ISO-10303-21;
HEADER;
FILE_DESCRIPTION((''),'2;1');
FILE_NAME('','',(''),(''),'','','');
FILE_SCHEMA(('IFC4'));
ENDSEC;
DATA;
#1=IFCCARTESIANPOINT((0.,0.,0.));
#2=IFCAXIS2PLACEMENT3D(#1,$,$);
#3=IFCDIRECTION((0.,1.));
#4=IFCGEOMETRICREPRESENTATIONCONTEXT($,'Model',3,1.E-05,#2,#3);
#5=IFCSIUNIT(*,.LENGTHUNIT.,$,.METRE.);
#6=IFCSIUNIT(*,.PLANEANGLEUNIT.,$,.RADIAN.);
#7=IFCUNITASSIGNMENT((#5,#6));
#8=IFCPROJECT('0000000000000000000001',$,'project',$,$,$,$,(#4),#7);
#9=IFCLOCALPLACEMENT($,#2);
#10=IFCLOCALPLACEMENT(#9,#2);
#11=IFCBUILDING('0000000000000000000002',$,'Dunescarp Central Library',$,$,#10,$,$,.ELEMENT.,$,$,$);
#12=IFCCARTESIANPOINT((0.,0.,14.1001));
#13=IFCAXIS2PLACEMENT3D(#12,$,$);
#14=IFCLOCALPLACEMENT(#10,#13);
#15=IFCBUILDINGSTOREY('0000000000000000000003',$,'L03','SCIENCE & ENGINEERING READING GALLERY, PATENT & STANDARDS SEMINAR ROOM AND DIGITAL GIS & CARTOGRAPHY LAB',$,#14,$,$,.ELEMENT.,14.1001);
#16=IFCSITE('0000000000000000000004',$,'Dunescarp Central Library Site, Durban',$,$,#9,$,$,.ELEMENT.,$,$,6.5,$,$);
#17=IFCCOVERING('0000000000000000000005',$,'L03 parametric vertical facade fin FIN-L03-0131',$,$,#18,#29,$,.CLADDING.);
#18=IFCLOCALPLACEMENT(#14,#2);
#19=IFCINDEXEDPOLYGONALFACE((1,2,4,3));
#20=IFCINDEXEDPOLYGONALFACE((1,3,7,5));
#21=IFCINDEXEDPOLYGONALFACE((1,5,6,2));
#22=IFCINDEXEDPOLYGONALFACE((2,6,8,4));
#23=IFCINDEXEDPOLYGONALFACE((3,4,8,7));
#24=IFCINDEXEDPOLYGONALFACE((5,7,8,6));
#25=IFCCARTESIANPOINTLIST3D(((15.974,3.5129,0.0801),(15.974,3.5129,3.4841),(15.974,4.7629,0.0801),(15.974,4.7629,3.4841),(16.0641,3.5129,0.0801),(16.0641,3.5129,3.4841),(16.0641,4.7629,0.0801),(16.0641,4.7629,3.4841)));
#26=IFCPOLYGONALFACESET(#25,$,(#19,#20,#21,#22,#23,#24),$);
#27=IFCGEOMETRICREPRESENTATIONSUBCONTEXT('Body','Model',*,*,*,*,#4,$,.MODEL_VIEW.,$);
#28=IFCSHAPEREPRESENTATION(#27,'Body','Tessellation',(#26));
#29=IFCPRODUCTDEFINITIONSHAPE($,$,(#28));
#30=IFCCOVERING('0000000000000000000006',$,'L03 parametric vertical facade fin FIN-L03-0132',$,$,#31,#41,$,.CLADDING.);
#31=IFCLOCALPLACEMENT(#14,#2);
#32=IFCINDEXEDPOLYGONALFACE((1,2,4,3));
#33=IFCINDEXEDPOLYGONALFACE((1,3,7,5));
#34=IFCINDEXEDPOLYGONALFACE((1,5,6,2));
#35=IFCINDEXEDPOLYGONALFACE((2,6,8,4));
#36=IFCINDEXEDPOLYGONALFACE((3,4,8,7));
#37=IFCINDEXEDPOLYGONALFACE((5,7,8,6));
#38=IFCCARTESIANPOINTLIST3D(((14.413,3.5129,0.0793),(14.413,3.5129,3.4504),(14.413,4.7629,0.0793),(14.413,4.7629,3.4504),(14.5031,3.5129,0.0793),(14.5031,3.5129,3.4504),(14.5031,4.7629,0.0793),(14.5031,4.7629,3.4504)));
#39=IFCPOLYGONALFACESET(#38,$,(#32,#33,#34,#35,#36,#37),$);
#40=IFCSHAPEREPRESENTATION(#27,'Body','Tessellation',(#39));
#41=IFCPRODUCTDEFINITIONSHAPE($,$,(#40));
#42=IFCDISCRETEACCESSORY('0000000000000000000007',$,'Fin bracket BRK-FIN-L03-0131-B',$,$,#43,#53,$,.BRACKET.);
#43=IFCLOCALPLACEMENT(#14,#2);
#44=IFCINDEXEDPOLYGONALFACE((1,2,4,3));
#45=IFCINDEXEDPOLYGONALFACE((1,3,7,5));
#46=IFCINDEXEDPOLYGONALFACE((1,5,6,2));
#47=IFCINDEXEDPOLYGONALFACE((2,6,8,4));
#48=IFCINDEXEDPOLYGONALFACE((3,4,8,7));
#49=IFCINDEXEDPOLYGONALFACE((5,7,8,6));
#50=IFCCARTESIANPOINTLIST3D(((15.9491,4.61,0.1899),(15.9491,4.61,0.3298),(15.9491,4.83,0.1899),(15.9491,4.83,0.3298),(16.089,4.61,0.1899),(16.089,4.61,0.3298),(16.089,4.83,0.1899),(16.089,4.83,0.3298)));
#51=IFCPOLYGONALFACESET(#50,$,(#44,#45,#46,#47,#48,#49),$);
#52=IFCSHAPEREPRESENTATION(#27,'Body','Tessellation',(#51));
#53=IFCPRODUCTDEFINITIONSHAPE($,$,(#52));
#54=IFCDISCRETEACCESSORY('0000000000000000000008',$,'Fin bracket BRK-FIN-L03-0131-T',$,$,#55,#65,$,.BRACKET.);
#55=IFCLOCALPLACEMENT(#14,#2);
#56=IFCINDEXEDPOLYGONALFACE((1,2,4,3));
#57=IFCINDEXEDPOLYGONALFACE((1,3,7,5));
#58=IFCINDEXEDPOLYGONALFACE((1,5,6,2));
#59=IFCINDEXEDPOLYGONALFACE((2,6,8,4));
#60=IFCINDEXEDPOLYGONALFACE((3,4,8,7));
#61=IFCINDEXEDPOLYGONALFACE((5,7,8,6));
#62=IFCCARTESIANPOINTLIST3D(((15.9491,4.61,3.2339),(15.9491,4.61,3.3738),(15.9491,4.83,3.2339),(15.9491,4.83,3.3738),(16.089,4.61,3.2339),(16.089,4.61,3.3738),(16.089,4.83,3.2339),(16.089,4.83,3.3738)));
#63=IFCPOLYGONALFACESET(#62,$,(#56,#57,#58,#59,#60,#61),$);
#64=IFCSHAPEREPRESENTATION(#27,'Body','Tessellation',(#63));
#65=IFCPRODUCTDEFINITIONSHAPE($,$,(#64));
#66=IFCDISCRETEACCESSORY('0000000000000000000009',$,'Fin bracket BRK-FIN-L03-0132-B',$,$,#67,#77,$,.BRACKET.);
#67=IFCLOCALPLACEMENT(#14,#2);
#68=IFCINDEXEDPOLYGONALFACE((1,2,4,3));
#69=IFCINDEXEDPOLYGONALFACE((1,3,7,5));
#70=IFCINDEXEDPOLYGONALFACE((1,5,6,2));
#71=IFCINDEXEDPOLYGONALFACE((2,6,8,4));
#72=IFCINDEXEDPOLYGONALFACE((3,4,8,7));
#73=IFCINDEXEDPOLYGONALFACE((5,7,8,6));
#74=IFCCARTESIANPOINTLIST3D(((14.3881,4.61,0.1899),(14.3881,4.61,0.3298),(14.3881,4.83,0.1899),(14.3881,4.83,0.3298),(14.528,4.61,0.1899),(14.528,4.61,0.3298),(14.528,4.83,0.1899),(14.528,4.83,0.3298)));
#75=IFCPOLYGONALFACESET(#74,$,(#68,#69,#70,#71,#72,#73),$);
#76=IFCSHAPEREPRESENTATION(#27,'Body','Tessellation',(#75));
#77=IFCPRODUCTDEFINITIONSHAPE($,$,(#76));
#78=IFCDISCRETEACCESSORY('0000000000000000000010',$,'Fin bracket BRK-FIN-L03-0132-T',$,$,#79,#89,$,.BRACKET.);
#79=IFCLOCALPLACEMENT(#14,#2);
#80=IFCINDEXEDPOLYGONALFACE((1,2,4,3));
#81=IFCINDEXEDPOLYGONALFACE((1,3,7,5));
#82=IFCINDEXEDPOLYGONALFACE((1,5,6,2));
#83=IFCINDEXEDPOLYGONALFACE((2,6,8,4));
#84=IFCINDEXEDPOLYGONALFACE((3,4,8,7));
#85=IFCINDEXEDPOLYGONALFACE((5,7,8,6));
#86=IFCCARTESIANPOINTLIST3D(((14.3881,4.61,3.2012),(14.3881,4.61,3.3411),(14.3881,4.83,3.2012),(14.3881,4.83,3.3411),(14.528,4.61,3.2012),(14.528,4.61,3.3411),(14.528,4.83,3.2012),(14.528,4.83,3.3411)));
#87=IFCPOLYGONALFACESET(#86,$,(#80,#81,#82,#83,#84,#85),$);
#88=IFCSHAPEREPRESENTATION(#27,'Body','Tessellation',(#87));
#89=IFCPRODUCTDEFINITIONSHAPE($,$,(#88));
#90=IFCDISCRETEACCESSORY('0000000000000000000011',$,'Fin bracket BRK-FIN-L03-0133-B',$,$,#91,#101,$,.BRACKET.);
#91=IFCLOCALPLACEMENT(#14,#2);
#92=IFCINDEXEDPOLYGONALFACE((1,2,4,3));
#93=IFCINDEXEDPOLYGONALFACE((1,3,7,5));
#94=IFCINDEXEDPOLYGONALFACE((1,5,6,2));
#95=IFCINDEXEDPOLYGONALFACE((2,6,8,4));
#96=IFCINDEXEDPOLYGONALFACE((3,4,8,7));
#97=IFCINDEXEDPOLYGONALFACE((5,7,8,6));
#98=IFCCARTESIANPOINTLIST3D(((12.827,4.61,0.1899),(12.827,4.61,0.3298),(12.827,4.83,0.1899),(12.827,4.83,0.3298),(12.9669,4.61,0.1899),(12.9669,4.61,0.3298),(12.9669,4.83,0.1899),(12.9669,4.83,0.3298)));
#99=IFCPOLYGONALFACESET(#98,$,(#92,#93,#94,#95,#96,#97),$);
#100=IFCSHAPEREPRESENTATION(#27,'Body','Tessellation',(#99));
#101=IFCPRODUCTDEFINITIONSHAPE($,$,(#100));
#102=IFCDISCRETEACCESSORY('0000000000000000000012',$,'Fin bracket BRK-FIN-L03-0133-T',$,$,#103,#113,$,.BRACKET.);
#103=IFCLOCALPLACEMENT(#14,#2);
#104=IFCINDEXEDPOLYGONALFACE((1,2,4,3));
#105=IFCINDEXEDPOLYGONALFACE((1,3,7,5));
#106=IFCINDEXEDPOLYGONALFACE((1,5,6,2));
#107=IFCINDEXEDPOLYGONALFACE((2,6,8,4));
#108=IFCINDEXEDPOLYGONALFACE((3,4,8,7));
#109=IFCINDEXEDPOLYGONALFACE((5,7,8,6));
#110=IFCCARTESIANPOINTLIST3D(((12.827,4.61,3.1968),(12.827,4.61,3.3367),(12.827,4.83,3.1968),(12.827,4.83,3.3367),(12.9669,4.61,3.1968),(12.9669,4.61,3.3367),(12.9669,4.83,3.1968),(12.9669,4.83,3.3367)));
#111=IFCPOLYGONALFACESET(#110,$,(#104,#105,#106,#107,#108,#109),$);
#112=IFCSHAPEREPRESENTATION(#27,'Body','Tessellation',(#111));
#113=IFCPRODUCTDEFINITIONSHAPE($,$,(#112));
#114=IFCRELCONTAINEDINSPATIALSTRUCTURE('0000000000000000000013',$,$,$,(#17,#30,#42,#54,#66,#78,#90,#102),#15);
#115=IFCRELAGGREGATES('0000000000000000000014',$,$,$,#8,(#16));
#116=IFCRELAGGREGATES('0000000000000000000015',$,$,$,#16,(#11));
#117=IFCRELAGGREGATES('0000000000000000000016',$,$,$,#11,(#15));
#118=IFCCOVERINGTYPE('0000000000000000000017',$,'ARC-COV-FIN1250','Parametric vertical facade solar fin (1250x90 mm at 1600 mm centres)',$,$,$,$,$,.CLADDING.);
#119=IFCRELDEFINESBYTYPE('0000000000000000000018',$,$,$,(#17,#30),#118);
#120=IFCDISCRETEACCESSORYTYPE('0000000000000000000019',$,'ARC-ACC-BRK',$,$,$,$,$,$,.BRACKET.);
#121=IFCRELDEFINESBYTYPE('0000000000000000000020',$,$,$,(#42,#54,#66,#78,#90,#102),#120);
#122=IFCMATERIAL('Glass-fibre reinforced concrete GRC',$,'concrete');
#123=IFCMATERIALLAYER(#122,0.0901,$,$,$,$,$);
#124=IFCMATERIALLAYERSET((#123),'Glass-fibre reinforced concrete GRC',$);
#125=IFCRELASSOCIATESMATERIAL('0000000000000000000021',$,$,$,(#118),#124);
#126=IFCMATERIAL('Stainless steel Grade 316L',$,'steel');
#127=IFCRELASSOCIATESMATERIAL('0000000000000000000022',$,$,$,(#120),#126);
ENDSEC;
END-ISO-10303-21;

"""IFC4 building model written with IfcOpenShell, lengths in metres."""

from ifc_helpers import new_model, si_unit, direction, frame, origin, origin_2d, place, context, subcontext, project, spatial, rectangle, extrude, material, layer, layer_set, type_object, element, save


model = new_model("IFC4")

# Units and contexts
model_context = context("Model", 3, precision=1e-05, world=origin(), true_north=direction((0.0, 1.0)))
body_context = subcontext(model_context, "Body", "Model", "MODEL_VIEW")
ifc_project = project(units=[si_unit("LENGTHUNIT", "METRE"), si_unit("PLANEANGLEUNIT", "RADIAN")], contexts=[model_context])

# Site, building, storey
site_placement = place(None, origin())
site = spatial("IfcSite", under=ifc_project, at=site_placement, Name="Dunescarp Central Library Site, Durban", CompositionType="ELEMENT", RefElevation=6.5)
building_placement = place(site_placement, origin())
building = spatial("IfcBuilding", under=site, at=building_placement, Name="Dunescarp Central Library", CompositionType="ELEMENT")
storey_placement = place(building_placement, frame((0.0, 0.0, 14.1001)))
storey = spatial("IfcBuildingStorey", under=building, at=storey_placement, Name="L03", Description="SCIENCE & ENGINEERING READING GALLERY, PATENT & STANDARDS SEMINAR ROOM AND DIGITAL GIS & CARTOGRAPHY LAB", CompositionType="ELEMENT", Elevation=14.1001)

# Coverings
ifc_material_1 = material(Name="Glass-fibre reinforced concrete GRC", Category="concrete")
ifc_layer_1 = layer(ifc_material_1, 0.0901)
ifc_layer_set_1 = layer_set([ifc_layer_1], Name="Glass-fibre reinforced concrete GRC")
covering_type = type_object("IfcCoveringType", Name="ARC-COV-FIN1250", Description="Parametric vertical facade solar fin (1250x90 mm at 1600 mm centres)", PredefinedType="CLADDING", material=ifc_layer_set_1)
covering_1_placement = place(storey_placement, frame((16.019, 4.1379, 0.0801), z_axis=(0.0, 0.0, 1.0), x_axis=(0.0, -1.0, 0.0)))
element("IfcCovering", 1, at=covering_1_placement, inside=storey, type_object=covering_type, Name="L03 parametric vertical facade fin FIN-L03-0131", PredefinedType="CLADDING", context=body_context, shape_type="SweptSolid", body=[
    extrude(rectangle(XDim=1.25, YDim=0.0901, at=origin_2d()), origin(), (0.0, 0.0, 1.0), 3.4041),
])
covering_2_placement = place(storey_placement, frame((14.458, 4.1379, 0.0793), z_axis=(0.0, 0.0, 1.0), x_axis=(0.0, -1.0, 0.0)))
element("IfcCovering", 2, at=covering_2_placement, inside=storey, type_object=covering_type, Name="L03 parametric vertical facade fin FIN-L03-0132", PredefinedType="CLADDING", context=body_context, shape_type="SweptSolid", body=[
    extrude(rectangle(XDim=1.25, YDim=0.0901, at=origin_2d()), origin(), (0.0, 0.0, 1.0), 3.3711),
])

# Discrete accessories
ifc_material_2 = material(Name="Stainless steel Grade 316L", Category="steel")
discrete_accessory_type = type_object("IfcDiscreteAccessoryType", Name="ARC-ACC-BRK", PredefinedType="BRACKET", material=ifc_material_2)
for number, where, z_axis, x_axis, name in (
    (3, (16.019, 4.72, 0.1899), (0.0, 0.0, 1.0), (0.0, -1.0, 0.0), "Fin bracket BRK-FIN-L03-0131-B"),
    (4, (16.019, 4.72, 3.2339), (0.0, 0.0, 1.0), (0.0, -1.0, 0.0), "Fin bracket BRK-FIN-L03-0131-T"),
    (5, (14.458, 4.72, 0.1899), (0.0, 0.0, 1.0), (0.0, -1.0, 0.0), "Fin bracket BRK-FIN-L03-0132-B"),
    (6, (14.458, 4.72, 3.2012), (0.0, 0.0, 1.0), (0.0, -1.0, 0.0), "Fin bracket BRK-FIN-L03-0132-T"),
    (7, (12.897, 4.72, 0.1899), (0.0, 0.0, 1.0), (0.0, -1.0, 0.0), "Fin bracket BRK-FIN-L03-0133-B"),
    (8, (12.897, 4.72, 3.1968), (0.0, 0.0, 1.0), (0.0, -1.0, 0.0), "Fin bracket BRK-FIN-L03-0133-T"),
):
    element("IfcDiscreteAccessory", number, at=place(storey_placement, frame(where, z_axis=z_axis, x_axis=x_axis)), inside=storey, type_object=discrete_accessory_type, Name=name, PredefinedType="BRACKET", context=body_context, shape_type="SweptSolid", body=[
        extrude(rectangle(XDim=0.22, YDim=0.1399, at=origin_2d()), origin(), (0.0, 0.0, 1.0), 0.1399),
    ])

save(model, "model.ifc")
